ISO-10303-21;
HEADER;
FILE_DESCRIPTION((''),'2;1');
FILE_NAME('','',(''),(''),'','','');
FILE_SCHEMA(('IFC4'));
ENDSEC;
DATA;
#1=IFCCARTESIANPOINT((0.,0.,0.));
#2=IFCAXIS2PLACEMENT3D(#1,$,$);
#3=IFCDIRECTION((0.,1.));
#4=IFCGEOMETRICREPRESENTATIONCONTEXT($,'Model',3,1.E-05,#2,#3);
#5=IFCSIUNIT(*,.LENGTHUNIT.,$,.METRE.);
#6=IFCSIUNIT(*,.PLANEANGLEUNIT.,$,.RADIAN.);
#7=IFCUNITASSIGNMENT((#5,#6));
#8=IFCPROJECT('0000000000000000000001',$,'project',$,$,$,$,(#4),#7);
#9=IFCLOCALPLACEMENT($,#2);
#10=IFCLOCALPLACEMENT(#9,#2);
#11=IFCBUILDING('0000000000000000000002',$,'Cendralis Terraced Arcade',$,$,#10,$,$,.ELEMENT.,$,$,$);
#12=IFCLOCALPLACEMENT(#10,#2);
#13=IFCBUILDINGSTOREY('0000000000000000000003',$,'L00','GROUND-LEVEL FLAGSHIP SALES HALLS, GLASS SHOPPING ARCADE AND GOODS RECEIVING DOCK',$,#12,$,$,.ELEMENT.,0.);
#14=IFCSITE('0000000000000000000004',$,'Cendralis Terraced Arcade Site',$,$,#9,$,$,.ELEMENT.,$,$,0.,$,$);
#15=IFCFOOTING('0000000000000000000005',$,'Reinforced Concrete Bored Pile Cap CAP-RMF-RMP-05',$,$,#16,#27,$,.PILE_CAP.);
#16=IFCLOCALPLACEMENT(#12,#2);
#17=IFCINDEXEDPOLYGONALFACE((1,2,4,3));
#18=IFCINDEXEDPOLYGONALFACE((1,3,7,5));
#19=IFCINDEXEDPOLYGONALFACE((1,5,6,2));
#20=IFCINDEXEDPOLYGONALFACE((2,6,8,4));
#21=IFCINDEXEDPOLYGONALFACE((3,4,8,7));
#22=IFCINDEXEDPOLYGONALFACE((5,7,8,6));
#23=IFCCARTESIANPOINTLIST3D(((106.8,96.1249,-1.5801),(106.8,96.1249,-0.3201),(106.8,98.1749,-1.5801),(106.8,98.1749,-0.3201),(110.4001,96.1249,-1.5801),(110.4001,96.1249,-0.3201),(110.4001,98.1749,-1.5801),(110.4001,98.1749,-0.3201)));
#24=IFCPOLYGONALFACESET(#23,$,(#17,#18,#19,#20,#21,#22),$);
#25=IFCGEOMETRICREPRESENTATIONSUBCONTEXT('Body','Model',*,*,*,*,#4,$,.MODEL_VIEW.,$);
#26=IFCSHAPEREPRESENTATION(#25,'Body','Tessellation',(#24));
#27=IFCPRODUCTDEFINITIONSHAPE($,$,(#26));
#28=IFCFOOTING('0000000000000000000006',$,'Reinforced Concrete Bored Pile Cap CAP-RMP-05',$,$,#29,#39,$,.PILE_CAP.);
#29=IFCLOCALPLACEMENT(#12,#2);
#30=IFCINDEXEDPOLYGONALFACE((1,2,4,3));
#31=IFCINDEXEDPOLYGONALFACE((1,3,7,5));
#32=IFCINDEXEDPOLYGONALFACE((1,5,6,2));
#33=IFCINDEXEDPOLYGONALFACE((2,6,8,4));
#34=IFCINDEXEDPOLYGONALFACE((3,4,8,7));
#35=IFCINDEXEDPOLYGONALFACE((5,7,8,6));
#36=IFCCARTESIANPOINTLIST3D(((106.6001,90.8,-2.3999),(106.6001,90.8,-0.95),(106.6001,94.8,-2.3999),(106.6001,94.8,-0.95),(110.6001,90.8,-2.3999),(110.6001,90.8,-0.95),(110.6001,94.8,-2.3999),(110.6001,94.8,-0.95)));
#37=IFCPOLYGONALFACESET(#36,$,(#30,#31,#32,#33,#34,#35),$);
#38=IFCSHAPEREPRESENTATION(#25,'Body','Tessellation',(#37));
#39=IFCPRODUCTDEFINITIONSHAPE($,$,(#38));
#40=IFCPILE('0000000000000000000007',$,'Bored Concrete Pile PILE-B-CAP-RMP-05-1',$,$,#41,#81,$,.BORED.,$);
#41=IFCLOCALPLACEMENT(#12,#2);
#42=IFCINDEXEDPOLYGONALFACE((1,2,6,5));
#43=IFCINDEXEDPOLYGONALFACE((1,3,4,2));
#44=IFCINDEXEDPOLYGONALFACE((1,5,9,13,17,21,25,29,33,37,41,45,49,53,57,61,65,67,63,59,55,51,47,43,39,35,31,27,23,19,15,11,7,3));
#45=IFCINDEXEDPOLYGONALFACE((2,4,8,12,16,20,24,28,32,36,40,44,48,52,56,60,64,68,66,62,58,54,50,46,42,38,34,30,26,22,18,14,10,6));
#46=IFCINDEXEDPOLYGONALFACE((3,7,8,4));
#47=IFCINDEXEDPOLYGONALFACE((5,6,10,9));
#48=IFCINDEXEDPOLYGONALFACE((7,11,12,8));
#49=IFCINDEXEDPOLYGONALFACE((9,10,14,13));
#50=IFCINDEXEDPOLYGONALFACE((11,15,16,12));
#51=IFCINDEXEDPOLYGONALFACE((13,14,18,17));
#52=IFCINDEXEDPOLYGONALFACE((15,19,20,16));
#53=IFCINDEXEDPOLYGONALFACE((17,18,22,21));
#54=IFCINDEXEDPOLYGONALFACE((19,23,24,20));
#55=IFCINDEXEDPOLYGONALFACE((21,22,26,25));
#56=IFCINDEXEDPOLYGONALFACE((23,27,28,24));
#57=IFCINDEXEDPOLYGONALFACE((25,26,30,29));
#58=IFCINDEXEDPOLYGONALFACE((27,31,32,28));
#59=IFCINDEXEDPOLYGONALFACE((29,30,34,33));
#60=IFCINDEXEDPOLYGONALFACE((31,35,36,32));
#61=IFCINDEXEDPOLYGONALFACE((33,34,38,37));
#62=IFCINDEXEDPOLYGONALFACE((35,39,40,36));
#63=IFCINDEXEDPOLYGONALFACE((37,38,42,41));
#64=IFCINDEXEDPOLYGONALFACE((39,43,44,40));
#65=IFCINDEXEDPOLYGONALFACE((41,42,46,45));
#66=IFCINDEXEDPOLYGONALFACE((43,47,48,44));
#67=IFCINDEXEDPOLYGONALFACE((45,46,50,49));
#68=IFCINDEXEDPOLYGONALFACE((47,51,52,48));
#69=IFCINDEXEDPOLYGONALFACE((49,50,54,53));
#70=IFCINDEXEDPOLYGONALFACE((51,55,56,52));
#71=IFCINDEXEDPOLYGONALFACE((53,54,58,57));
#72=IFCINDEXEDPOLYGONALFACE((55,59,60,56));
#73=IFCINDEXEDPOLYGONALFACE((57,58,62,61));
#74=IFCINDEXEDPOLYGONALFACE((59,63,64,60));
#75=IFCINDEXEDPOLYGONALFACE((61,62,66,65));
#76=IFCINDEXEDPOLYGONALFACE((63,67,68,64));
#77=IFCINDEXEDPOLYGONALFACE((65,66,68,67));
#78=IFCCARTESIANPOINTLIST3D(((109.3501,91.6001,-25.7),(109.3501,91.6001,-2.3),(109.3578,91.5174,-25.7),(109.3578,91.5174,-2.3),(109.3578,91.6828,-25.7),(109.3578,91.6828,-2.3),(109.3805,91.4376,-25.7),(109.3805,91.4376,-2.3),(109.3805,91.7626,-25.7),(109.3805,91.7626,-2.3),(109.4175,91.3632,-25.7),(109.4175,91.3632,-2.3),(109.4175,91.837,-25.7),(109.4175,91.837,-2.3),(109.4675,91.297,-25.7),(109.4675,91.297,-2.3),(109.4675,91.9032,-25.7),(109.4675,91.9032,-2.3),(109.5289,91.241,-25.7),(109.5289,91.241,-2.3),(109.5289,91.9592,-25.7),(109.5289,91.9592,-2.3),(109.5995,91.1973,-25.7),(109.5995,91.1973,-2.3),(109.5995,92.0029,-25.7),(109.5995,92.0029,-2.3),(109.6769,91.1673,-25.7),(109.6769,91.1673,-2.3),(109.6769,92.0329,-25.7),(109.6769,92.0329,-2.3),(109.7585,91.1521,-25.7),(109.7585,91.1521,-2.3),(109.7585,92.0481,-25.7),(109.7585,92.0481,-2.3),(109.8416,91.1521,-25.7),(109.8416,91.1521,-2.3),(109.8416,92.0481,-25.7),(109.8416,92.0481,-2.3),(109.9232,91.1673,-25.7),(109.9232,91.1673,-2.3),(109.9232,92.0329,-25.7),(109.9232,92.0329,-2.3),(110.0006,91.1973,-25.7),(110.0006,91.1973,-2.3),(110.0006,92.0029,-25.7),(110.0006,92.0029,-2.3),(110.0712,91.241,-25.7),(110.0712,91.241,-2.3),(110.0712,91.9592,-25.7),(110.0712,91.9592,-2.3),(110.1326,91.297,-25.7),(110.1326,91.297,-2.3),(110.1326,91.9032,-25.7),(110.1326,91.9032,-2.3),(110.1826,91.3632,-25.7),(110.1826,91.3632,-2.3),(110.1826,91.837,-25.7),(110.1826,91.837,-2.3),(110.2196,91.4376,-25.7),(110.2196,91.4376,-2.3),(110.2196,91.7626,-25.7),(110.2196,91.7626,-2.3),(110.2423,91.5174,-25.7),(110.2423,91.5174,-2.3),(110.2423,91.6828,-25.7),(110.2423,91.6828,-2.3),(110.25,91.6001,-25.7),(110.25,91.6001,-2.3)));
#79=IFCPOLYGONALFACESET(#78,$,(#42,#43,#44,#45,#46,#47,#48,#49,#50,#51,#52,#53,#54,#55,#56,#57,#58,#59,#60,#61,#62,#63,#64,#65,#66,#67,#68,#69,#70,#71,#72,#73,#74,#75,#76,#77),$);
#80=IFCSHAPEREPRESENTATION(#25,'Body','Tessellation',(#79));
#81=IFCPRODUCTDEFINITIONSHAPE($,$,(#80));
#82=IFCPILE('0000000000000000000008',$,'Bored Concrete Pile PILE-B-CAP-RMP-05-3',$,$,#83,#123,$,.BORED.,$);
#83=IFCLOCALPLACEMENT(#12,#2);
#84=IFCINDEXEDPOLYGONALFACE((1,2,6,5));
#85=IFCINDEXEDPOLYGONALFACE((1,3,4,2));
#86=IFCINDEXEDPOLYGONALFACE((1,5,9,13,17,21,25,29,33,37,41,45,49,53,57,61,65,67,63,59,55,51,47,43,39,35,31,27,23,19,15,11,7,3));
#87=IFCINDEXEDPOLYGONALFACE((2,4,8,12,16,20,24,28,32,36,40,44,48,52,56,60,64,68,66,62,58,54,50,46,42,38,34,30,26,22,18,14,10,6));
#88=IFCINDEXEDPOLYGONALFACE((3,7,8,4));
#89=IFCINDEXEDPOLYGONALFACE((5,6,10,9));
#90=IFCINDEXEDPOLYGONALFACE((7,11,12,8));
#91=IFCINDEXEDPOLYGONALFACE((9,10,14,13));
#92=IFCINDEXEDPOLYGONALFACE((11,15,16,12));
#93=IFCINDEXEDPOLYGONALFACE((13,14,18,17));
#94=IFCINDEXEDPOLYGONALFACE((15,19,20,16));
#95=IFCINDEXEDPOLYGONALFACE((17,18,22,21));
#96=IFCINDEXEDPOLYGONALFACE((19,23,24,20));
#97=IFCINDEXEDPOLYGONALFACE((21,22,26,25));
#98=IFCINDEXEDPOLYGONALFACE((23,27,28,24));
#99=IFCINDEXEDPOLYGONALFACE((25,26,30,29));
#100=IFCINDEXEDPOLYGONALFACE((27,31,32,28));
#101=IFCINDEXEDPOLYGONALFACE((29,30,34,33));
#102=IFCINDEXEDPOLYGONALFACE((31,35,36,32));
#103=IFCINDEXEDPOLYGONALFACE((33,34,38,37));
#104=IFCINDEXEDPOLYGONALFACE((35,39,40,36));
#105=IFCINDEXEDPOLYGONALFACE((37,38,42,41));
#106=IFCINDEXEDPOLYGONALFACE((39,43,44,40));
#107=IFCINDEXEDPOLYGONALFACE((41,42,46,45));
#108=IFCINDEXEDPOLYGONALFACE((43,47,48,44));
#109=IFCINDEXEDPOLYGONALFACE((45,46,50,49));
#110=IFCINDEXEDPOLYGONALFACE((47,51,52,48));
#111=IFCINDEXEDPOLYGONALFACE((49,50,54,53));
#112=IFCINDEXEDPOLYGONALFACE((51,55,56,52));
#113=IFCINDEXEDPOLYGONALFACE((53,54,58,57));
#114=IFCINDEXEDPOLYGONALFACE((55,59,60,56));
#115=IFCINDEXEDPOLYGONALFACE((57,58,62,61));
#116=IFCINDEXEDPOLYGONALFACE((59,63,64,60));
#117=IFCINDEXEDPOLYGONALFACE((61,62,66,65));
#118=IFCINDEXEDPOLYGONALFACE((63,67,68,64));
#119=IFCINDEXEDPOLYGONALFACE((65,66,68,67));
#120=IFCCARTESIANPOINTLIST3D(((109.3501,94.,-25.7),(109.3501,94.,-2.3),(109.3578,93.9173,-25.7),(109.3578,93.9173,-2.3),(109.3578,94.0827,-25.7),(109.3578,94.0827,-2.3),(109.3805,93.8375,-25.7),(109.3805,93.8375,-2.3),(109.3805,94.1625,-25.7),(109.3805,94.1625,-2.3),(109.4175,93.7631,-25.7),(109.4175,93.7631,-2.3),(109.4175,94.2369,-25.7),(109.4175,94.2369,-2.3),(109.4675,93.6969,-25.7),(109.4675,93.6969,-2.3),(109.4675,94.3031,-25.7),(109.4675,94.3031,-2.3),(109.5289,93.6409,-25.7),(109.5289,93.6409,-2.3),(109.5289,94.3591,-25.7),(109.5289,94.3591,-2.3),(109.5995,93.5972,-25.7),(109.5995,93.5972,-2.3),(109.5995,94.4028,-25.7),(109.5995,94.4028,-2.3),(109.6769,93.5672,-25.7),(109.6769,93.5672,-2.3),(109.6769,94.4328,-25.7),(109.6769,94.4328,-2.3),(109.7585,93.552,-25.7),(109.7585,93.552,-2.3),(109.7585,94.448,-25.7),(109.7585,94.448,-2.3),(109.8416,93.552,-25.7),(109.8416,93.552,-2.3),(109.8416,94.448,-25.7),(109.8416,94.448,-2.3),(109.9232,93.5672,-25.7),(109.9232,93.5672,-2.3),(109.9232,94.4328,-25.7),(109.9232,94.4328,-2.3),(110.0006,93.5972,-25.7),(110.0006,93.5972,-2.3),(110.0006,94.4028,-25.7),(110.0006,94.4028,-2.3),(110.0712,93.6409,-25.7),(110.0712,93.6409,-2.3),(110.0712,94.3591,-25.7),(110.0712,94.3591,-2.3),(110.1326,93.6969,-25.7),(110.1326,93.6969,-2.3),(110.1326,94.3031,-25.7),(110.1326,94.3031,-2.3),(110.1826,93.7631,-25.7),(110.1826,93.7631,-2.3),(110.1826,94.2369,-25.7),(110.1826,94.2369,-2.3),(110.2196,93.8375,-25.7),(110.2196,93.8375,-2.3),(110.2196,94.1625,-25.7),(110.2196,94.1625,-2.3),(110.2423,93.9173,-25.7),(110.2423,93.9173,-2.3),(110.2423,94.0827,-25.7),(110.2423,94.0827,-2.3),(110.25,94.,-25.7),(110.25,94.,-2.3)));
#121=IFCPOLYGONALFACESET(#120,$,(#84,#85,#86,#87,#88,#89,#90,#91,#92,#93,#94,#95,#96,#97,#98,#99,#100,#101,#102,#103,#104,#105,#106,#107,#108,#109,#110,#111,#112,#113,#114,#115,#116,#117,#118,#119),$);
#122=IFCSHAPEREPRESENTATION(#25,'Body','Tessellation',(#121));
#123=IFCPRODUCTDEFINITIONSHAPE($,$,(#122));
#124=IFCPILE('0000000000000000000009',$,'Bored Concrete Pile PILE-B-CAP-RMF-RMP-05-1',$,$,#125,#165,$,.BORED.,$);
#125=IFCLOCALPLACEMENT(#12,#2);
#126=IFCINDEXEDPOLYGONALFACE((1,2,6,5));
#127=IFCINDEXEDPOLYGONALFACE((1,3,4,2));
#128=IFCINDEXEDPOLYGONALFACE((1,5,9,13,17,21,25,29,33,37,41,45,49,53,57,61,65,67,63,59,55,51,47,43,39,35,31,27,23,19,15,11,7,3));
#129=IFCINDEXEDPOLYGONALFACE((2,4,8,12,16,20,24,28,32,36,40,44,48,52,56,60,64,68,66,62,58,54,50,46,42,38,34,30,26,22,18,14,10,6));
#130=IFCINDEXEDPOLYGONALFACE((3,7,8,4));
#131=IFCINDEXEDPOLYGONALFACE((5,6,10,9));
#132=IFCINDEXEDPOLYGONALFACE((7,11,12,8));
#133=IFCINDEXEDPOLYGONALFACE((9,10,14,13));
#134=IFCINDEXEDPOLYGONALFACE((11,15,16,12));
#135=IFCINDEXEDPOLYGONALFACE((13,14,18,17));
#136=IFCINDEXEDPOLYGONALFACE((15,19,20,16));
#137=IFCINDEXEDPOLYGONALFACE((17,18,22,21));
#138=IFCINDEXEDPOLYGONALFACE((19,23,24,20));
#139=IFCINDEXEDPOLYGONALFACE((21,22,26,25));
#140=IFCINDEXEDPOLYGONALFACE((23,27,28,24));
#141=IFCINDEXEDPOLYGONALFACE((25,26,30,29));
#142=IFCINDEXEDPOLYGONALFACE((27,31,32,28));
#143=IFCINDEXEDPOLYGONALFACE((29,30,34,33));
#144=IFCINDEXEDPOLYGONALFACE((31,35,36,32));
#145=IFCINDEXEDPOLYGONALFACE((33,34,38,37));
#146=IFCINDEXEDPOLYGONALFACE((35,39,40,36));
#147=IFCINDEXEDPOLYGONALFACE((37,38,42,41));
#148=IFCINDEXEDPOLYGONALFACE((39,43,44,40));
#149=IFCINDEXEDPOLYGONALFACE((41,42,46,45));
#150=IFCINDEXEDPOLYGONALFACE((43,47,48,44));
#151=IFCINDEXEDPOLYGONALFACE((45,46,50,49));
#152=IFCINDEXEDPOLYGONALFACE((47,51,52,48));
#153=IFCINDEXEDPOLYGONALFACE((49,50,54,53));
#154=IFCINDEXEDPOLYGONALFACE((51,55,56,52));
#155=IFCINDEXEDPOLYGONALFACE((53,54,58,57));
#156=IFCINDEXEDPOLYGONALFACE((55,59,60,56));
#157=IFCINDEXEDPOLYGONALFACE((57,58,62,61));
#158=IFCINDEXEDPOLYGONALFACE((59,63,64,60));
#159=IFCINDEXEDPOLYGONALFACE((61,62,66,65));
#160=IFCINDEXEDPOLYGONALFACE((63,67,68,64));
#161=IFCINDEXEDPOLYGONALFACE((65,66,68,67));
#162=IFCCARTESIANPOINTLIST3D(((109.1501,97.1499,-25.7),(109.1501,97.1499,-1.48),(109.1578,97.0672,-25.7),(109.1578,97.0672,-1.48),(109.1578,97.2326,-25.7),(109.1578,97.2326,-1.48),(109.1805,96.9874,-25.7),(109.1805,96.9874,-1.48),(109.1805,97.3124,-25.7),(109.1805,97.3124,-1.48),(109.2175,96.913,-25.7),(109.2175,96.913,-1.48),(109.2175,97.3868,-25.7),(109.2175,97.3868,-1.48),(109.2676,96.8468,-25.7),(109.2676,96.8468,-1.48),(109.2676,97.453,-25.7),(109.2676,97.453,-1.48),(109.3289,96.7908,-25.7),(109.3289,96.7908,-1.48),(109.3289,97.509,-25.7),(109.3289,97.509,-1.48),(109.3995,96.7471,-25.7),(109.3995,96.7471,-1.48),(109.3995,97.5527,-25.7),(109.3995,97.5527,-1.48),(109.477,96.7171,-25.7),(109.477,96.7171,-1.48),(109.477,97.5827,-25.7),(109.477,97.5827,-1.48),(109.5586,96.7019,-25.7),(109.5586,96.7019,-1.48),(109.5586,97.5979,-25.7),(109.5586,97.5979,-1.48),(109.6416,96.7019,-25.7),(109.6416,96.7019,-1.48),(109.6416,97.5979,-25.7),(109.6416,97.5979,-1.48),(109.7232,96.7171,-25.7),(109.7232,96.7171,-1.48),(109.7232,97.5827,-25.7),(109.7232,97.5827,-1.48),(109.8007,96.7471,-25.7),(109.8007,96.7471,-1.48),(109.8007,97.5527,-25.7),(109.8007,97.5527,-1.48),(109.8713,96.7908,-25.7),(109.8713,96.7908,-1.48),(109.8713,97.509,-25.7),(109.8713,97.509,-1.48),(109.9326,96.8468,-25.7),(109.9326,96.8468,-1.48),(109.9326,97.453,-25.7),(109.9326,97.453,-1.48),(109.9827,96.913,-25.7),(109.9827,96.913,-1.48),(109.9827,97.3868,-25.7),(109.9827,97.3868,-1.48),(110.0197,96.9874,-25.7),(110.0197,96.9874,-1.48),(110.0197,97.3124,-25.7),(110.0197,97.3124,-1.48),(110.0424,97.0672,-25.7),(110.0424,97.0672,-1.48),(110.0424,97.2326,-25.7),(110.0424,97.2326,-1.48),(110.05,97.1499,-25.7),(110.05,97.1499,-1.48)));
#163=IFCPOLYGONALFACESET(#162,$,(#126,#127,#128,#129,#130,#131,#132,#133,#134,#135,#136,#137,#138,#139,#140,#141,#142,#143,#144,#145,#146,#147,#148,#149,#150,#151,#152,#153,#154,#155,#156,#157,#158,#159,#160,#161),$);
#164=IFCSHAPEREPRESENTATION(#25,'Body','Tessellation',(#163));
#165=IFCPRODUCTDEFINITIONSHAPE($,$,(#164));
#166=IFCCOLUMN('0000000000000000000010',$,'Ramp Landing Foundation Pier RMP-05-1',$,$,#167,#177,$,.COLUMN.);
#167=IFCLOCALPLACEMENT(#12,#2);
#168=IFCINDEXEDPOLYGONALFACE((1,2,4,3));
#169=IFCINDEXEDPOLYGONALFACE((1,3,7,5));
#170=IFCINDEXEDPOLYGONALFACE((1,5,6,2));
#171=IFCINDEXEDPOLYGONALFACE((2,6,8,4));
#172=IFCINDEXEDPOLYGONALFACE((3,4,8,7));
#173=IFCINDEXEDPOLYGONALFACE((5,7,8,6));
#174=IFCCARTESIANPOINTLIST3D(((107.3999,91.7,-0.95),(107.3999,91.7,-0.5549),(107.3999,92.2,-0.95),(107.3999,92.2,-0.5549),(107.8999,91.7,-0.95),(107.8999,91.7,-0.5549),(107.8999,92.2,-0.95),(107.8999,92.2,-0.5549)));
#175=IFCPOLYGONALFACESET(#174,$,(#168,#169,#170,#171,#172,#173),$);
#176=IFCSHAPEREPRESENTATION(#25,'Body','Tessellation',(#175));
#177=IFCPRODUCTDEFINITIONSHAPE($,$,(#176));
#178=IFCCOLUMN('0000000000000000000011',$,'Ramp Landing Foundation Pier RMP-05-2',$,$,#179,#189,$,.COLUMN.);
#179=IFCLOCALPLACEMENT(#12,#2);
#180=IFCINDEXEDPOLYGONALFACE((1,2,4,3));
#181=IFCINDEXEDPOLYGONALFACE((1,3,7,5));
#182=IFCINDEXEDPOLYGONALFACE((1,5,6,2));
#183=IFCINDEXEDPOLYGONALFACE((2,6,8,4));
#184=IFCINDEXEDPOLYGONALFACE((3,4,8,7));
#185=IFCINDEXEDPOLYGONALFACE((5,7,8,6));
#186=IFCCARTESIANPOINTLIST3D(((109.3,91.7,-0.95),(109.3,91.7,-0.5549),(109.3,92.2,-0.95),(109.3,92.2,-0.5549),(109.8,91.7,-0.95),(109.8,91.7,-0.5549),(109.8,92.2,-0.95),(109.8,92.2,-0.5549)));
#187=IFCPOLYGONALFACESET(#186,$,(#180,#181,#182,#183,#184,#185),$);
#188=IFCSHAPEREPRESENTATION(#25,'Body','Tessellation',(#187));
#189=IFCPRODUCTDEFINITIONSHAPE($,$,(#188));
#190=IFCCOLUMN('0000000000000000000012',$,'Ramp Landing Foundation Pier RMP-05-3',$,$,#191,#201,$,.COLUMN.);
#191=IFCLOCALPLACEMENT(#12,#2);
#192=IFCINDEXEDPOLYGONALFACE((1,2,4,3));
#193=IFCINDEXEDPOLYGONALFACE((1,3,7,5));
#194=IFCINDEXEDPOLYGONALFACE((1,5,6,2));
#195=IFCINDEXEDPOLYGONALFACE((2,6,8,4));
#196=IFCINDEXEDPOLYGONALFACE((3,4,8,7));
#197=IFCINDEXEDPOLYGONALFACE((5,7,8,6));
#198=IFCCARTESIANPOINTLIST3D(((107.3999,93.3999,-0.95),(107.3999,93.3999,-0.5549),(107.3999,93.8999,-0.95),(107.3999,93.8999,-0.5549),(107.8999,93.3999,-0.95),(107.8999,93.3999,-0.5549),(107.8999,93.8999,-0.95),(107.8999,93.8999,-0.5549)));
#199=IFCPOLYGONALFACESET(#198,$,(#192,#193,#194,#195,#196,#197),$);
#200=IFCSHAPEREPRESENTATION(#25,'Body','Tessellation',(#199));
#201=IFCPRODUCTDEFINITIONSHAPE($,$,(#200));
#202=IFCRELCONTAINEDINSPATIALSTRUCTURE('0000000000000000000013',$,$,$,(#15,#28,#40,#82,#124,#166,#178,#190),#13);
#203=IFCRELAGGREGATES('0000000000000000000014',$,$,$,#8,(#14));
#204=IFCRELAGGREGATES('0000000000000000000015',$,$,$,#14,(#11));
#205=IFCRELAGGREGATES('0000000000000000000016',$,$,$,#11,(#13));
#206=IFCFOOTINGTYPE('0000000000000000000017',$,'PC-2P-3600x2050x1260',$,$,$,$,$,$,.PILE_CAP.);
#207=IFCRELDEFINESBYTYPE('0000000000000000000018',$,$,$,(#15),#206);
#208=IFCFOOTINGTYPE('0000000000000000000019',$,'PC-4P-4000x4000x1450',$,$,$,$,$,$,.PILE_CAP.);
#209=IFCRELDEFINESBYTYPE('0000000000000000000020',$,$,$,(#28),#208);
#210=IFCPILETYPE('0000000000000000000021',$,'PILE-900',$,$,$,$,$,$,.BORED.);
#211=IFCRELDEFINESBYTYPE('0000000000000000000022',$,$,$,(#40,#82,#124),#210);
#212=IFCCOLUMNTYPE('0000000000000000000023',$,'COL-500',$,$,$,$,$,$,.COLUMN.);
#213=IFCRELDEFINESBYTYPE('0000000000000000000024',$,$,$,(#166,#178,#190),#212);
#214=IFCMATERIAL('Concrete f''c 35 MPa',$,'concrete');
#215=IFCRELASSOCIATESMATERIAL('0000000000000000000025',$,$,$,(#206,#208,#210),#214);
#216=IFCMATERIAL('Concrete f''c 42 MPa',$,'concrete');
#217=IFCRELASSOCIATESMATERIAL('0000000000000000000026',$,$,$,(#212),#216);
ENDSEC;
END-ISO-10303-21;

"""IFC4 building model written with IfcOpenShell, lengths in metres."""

from ifc_helpers import new_model, si_unit, direction, frame, origin, origin_2d, place, context, subcontext, project, spatial, rectangle, circle, extrude, material, material_profile, profile_set, type_object, element, save


model = new_model("IFC4")

# Units and contexts
model_context = context("Model", 3, precision=1e-05, world=origin(), true_north=direction((0.0, 1.0)))
body_context = subcontext(model_context, "Body", "Model", "MODEL_VIEW")
ifc_project = project(units=[si_unit("LENGTHUNIT", "METRE"), si_unit("PLANEANGLEUNIT", "RADIAN")], contexts=[model_context])

# Site, building, storey
site_placement = place(None, origin())
site = spatial("IfcSite", under=ifc_project, at=site_placement, Name="Cendralis Terraced Arcade Site", CompositionType="ELEMENT", RefElevation=0.0)
building_placement = place(site_placement, origin())
building = spatial("IfcBuilding", under=site, at=building_placement, Name="Cendralis Terraced Arcade", CompositionType="ELEMENT")
storey_placement = place(building_placement, origin())
storey = spatial("IfcBuildingStorey", under=building, at=storey_placement, Name="L00", Description="GROUND-LEVEL FLAGSHIP SALES HALLS, GLASS SHOPPING ARCADE AND GOODS RECEIVING DOCK", CompositionType="ELEMENT", Elevation=0.0)

# Footings
ifc_material_1 = material(Name="Concrete f'c 35 MPa", Category="concrete")
footing_type_1 = type_object("IfcFootingType", Name="PC-2P-3600x2050x1260", PredefinedType="PILE_CAP", material=ifc_material_1)
footing_1_placement = place(storey_placement, frame((108.6001, 97.1499, -1.5801), z_axis=(0.0, 0.0, 1.0), x_axis=(1.0, 0.0, 0.0)))
element("IfcFooting", 1, at=footing_1_placement, inside=storey, type_object=footing_type_1, Name="Reinforced Concrete Bored Pile Cap CAP-RMF-RMP-05", PredefinedType="PILE_CAP", context=body_context, shape_type="SweptSolid", body=[
    extrude(rectangle(XDim=3.6001, YDim=2.05, at=origin_2d()), origin(), (0.0, 0.0, 1.0), 1.26),
])
footing_type_2 = type_object("IfcFootingType", Name="PC-4P-4000x4000x1450", PredefinedType="PILE_CAP", material=ifc_material_1)
footing_2_placement = place(storey_placement, frame((108.6001, 92.8, -2.3999), z_axis=(0.0, 0.0, 1.0), x_axis=(1.0, 0.0, 0.0)))
element("IfcFooting", 2, at=footing_2_placement, inside=storey, type_object=footing_type_2, Name="Reinforced Concrete Bored Pile Cap CAP-RMP-05", PredefinedType="PILE_CAP", context=body_context, shape_type="SweptSolid", body=[
    extrude(rectangle(XDim=4.0, YDim=4.0, at=origin_2d()), origin(), (0.0, 0.0, 1.0), 1.45),
])

# Piles
ifc_material_profile_1 = material_profile(ifc_material_1, circle(Radius=0.45, at=origin_2d()), Name="PILE-D900", Category="LoadBearing")
ifc_profile_set_1 = profile_set([ifc_material_profile_1], Name="Concrete f'c 35 MPa")
pile_type = type_object("IfcPileType", Name="PILE-900", PredefinedType="BORED", material=ifc_profile_set_1)
for number, where, z_axis, x_axis, name in (
    (3, (109.8, 91.6001, -2.3), (0.0, 0.0, -1.0), (1.0, 0.0, 0.0), "Bored Concrete Pile PILE-B-CAP-RMP-05-1"),
    (4, (109.8, 94.0, -2.3), (0.0, 0.0, -1.0), (1.0, 0.0, 0.0), "Bored Concrete Pile PILE-B-CAP-RMP-05-3"),
):
    element("IfcPile", number, at=place(storey_placement, frame(where, z_axis=z_axis, x_axis=x_axis)), inside=storey, type_object=pile_type, Name=name, PredefinedType="BORED", context=body_context, shape_type="SweptSolid", body=[
        extrude(circle(Radius=0.45, at=origin_2d()), origin(), (0.0, 0.0, 1.0), 23.3999),
    ])
pile_placement = place(storey_placement, frame((109.6001, 97.1499, -1.48), z_axis=(0.0, 0.0, -1.0), x_axis=(1.0, 0.0, 0.0)))
element("IfcPile", 5, at=pile_placement, inside=storey, type_object=pile_type, Name="Bored Concrete Pile PILE-B-CAP-RMF-RMP-05-1", PredefinedType="BORED", context=body_context, shape_type="SweptSolid", body=[
    extrude(circle(Radius=0.45, at=origin_2d()), origin(), (0.0, 0.0, 1.0), 24.22),
])

# Columns
ifc_material_2 = material(Name="Concrete f'c 42 MPa", Category="concrete")
ifc_material_profile_2 = material_profile(ifc_material_2, rectangle(XDim=0.5, YDim=0.5, at=origin_2d()), Name="RC-COL-500x500", Category="LoadBearing")
ifc_profile_set_2 = profile_set([ifc_material_profile_2], Name="Concrete f'c 42 MPa")
column_type_1 = type_object("IfcColumnType", Name="COL-500", PredefinedType="COLUMN", material=ifc_profile_set_2)
for number, where, z_axis, x_axis, name in (
    (6, (107.6499, 91.95, -0.95), (0.0, 0.0, 1.0), (1.0, 0.0, 0.0), "Ramp Landing Foundation Pier RMP-05-1"),
    (7, (109.55, 91.95, -0.95), (0.0, 0.0, 1.0), (1.0, 0.0, 0.0), "Ramp Landing Foundation Pier RMP-05-2"),
    (8, (107.6499, 93.6499, -0.95), (0.0, 0.0, 1.0), (1.0, 0.0, 0.0), "Ramp Landing Foundation Pier RMP-05-3"),
):
    element("IfcColumn", number, at=place(storey_placement, frame(where, z_axis=z_axis, x_axis=x_axis)), inside=storey, type_object=column_type_1, Name=name, PredefinedType="COLUMN", context=body_context, shape_type="SweptSolid", body=[
        extrude(rectangle(XDim=0.5, YDim=0.5, at=origin_2d()), origin(), (0.0, 0.0, 1.0), 0.395),
    ])

save(model, "model.ifc")
